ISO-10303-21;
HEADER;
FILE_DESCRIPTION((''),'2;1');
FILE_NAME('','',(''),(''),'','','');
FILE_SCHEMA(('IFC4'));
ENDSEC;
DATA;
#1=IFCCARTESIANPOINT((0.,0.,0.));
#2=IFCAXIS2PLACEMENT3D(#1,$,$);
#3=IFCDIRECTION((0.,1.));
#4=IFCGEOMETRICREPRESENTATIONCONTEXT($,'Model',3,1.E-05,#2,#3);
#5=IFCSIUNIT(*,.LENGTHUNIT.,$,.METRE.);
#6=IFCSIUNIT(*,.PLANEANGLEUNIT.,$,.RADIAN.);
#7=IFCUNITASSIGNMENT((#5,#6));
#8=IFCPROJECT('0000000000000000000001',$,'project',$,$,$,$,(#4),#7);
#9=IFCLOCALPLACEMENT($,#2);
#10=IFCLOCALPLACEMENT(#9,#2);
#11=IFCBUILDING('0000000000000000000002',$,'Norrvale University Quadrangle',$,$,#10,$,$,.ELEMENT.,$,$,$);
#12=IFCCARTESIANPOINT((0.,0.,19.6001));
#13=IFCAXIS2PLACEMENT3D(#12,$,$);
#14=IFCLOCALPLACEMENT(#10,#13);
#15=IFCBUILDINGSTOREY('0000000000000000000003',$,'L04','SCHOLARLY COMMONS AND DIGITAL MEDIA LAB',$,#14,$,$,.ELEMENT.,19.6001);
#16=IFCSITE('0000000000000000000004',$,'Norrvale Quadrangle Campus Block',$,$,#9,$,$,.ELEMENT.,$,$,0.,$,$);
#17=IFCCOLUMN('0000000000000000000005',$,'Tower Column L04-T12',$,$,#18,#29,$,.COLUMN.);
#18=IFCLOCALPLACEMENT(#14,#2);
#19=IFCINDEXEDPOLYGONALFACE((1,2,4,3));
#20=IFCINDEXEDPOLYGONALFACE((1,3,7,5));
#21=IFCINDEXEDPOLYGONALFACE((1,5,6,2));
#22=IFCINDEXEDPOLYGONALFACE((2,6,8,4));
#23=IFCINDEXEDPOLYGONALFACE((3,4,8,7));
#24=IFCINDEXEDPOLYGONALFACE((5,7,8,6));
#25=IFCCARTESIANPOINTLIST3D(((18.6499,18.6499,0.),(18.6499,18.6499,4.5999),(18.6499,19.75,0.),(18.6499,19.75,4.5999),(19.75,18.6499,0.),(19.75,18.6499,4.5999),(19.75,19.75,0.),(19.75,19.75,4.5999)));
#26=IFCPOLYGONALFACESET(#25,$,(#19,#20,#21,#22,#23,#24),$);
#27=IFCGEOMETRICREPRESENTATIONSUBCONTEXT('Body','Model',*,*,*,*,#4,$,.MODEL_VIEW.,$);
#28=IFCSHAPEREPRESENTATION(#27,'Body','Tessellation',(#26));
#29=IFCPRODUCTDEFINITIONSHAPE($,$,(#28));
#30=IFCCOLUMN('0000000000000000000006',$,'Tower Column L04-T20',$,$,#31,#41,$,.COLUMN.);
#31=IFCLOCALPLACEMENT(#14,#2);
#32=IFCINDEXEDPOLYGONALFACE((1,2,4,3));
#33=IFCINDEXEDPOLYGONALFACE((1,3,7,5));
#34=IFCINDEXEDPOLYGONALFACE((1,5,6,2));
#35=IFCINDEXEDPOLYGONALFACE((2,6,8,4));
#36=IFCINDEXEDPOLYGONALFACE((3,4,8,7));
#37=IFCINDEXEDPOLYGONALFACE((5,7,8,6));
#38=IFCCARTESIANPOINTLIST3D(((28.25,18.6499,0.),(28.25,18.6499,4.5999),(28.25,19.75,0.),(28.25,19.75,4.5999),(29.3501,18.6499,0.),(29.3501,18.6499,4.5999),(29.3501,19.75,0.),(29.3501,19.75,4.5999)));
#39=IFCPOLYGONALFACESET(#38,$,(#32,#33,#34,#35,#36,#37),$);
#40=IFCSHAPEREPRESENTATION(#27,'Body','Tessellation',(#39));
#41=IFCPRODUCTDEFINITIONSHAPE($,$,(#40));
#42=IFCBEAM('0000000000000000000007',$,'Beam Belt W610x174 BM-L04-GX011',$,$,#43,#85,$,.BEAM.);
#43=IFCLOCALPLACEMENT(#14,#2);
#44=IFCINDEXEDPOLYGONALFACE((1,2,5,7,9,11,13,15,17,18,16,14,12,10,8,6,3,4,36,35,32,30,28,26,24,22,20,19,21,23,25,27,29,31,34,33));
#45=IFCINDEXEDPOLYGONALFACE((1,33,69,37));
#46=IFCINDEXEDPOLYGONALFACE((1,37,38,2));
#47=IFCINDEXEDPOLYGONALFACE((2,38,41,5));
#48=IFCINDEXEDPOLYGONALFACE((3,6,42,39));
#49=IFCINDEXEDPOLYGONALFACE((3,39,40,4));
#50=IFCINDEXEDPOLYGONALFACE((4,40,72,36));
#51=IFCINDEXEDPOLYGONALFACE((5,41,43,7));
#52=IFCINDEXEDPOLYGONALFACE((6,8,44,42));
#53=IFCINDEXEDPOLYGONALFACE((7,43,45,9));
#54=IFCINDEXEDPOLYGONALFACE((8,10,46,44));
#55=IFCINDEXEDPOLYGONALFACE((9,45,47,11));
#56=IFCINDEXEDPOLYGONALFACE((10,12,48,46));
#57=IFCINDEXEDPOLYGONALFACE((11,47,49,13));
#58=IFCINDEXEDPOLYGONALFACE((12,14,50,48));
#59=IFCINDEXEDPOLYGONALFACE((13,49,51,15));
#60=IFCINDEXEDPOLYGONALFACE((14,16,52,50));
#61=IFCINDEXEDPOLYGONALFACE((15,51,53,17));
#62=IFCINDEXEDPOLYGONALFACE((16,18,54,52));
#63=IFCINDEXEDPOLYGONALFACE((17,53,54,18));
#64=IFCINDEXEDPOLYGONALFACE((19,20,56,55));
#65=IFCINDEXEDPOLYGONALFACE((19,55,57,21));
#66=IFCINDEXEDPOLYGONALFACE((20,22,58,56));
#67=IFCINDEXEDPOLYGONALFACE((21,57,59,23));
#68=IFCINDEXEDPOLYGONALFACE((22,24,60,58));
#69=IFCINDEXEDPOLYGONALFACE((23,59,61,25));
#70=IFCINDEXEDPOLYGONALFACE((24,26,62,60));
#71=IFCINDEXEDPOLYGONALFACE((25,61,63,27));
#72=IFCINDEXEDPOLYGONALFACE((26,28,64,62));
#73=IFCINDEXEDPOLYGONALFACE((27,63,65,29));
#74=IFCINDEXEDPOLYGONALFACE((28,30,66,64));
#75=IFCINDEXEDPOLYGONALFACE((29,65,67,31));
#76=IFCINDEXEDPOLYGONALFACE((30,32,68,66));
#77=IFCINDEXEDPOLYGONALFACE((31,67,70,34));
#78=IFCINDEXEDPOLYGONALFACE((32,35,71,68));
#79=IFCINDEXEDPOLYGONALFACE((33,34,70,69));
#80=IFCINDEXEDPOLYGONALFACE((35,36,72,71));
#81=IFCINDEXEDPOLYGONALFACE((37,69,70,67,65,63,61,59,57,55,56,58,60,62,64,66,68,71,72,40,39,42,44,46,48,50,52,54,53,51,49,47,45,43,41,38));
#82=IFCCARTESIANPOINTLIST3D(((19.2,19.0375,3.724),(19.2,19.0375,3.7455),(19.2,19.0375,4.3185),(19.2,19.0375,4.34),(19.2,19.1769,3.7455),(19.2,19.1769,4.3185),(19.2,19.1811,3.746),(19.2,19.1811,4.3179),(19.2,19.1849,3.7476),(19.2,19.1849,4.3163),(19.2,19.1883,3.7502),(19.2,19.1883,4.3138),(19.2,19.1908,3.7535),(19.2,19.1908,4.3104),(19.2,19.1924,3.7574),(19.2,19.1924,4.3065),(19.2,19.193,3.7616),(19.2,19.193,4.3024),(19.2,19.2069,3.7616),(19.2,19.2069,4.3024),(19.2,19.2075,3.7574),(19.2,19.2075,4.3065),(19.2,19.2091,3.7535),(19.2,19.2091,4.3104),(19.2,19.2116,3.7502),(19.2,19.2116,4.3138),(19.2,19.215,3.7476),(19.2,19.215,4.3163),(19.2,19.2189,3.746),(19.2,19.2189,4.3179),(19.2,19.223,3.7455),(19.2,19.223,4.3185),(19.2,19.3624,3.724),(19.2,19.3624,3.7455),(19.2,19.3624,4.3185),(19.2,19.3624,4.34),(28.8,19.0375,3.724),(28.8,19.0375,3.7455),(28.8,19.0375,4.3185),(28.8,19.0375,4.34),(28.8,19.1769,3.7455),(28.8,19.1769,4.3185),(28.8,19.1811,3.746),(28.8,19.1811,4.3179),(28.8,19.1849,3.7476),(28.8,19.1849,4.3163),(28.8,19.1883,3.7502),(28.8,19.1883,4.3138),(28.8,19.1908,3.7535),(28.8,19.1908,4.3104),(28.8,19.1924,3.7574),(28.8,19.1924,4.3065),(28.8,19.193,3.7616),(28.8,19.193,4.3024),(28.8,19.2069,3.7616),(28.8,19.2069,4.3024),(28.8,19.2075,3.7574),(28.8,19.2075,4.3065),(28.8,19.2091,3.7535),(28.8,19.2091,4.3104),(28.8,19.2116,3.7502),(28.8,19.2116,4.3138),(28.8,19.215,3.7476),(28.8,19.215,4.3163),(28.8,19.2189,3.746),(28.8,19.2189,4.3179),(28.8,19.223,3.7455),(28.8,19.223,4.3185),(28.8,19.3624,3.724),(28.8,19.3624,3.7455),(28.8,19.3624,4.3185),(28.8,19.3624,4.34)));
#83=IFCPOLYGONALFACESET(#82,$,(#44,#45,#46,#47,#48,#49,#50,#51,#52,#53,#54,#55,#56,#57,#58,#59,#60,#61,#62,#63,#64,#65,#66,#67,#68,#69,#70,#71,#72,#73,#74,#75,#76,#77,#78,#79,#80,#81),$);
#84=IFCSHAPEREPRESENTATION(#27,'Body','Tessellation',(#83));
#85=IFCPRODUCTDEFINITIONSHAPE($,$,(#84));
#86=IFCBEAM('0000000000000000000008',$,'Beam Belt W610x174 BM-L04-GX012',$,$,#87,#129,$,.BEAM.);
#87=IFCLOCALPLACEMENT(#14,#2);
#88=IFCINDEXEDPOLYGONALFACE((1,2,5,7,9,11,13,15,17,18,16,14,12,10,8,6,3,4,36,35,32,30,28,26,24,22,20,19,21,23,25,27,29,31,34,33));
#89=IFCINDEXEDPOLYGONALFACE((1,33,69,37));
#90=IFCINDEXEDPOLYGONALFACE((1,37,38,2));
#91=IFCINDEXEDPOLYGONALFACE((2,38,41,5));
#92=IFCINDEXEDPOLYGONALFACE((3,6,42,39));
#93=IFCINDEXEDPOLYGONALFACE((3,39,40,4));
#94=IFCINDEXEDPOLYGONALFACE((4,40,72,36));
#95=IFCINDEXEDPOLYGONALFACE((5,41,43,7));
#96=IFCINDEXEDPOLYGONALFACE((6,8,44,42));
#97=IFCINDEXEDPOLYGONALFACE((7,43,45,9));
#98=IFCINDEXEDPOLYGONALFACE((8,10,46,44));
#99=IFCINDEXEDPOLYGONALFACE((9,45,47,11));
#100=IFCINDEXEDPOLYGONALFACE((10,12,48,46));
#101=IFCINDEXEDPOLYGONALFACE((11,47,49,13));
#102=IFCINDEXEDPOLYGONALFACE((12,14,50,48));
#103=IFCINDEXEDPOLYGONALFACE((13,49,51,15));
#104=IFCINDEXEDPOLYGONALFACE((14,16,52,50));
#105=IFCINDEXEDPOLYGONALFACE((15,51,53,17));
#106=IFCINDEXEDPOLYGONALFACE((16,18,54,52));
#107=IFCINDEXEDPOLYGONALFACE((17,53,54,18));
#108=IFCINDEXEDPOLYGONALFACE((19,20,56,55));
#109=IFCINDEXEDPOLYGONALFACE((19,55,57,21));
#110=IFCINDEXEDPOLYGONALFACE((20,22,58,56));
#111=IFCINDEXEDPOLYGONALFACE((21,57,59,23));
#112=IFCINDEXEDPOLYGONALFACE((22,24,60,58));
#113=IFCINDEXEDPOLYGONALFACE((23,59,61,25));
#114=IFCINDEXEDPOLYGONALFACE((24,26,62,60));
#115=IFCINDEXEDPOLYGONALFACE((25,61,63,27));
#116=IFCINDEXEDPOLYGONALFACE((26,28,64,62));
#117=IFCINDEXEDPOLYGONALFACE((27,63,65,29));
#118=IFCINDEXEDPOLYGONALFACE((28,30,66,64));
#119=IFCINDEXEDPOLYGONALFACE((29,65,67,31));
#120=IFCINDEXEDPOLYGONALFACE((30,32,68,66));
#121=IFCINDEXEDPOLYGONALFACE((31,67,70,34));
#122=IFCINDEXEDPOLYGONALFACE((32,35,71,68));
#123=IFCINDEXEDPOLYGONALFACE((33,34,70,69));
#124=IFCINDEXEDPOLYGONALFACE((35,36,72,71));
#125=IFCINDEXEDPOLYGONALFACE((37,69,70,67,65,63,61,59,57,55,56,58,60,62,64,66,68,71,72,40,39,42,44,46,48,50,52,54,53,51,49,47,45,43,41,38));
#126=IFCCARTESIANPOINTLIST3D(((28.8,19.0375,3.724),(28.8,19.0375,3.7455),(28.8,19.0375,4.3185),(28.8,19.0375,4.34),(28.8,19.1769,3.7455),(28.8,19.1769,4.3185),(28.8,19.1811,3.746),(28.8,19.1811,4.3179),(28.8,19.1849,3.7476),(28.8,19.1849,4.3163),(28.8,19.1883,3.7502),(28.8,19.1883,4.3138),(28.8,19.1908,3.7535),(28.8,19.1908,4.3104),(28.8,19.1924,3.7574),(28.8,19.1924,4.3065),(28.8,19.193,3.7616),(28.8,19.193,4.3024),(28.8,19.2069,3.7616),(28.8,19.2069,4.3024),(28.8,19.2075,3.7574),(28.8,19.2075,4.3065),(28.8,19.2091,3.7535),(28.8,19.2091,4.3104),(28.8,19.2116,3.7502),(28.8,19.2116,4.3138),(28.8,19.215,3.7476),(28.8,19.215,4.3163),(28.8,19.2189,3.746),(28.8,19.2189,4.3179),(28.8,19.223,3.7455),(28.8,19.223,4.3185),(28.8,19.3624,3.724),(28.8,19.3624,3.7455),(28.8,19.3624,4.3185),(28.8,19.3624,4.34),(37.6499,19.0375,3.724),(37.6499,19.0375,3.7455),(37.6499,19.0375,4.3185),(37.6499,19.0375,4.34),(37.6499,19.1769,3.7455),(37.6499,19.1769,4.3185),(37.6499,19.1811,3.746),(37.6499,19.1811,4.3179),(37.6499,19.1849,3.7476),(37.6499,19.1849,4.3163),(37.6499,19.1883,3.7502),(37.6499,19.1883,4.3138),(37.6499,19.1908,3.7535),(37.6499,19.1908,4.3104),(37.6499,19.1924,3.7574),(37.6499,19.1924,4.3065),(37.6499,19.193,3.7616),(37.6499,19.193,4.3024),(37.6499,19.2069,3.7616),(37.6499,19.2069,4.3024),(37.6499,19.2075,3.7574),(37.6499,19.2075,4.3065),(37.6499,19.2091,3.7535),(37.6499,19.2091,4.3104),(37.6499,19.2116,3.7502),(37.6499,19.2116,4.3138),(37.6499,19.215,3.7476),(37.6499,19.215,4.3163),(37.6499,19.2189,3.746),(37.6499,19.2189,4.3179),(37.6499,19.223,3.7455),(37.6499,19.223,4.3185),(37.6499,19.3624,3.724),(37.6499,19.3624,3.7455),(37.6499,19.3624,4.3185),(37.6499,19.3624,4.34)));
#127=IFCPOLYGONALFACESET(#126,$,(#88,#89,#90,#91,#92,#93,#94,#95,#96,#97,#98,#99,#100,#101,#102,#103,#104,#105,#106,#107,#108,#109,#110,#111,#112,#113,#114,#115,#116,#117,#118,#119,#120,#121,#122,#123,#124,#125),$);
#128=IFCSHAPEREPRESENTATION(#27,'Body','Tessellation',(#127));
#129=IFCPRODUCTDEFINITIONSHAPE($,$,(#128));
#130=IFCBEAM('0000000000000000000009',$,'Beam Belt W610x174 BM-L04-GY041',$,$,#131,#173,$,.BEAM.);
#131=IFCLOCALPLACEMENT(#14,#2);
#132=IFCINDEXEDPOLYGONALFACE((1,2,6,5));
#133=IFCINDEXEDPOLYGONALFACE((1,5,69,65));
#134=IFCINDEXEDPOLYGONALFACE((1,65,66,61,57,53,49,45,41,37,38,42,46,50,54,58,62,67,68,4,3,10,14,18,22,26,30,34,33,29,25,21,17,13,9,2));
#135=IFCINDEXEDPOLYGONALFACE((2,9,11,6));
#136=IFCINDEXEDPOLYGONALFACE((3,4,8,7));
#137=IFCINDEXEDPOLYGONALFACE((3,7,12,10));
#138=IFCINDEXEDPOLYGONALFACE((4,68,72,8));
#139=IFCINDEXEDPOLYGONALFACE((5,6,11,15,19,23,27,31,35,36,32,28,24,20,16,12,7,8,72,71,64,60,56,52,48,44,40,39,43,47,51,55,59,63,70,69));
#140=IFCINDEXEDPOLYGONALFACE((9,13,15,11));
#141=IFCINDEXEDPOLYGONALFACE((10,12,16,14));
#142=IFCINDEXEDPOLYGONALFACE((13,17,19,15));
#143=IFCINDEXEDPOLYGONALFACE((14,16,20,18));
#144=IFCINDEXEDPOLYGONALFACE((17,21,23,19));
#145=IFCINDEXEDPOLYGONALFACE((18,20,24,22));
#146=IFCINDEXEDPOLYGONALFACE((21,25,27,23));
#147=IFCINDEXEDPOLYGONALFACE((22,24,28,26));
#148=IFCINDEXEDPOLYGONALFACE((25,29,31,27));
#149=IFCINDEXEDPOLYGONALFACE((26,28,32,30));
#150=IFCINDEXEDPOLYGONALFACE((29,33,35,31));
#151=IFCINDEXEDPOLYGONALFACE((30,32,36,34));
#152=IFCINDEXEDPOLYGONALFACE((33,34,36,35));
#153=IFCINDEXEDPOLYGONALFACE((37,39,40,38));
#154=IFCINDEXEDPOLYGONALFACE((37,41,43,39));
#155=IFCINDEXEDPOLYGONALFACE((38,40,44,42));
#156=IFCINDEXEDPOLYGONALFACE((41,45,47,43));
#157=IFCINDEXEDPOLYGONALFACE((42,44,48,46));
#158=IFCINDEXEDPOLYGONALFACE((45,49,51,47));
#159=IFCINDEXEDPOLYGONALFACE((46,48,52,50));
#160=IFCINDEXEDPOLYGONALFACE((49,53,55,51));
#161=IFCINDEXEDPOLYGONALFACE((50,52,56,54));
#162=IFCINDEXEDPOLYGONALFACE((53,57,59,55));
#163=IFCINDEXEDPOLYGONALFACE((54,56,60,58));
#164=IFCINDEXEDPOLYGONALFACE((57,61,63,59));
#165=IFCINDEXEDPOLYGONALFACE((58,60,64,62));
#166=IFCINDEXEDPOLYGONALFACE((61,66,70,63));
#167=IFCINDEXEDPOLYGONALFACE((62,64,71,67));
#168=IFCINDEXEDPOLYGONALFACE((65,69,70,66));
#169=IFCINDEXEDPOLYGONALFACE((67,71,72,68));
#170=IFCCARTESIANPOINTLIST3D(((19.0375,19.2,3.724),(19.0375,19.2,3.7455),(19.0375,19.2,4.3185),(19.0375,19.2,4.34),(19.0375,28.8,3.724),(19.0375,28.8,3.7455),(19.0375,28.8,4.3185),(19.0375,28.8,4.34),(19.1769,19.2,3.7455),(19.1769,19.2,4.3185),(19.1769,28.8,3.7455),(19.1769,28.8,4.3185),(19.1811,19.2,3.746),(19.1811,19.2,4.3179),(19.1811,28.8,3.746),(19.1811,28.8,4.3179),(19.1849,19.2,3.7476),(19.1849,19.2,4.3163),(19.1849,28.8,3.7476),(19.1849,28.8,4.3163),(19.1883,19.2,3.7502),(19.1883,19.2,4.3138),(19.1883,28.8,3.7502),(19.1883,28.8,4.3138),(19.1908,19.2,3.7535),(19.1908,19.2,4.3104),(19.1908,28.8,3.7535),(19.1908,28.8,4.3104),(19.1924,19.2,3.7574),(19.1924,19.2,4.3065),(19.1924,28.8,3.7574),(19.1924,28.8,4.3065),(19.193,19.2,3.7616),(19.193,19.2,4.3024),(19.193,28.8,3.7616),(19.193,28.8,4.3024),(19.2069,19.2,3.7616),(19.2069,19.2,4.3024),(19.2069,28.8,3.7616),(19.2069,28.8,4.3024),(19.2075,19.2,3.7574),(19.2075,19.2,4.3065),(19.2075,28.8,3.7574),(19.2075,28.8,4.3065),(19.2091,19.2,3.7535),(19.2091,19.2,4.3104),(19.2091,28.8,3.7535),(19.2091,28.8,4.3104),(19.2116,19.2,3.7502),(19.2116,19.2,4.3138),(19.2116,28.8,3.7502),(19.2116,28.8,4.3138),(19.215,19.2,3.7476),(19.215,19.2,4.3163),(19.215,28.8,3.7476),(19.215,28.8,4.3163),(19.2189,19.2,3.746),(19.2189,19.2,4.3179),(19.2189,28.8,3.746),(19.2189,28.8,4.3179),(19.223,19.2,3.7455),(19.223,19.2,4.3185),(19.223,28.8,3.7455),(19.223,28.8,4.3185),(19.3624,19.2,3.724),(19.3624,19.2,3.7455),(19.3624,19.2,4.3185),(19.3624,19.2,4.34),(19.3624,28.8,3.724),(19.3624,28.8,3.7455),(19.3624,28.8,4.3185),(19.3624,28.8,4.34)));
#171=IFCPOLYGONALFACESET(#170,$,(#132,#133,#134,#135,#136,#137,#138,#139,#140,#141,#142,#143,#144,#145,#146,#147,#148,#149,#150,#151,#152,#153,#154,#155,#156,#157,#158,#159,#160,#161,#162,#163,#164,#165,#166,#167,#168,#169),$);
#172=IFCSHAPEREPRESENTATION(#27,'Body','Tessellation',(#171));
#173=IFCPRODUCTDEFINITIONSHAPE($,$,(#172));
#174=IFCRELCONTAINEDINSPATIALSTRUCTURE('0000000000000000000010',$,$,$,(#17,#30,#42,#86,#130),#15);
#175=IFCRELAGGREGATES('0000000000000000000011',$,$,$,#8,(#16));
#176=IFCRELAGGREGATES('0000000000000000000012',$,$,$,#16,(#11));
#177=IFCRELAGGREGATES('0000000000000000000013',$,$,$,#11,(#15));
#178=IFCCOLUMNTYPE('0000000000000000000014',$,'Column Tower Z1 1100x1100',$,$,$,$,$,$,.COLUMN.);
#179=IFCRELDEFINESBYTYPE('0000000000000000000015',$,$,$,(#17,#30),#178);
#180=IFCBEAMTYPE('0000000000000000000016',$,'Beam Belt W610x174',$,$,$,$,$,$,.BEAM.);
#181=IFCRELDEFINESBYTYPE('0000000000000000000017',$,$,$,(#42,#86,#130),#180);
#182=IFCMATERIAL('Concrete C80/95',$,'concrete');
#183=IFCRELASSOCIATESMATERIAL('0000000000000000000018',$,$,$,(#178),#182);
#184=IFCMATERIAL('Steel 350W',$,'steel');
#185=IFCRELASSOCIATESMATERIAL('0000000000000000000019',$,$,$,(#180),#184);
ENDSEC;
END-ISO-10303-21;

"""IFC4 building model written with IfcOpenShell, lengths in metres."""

from ifc_helpers import new_model, si_unit, direction, frame, origin, origin_2d, place, context, subcontext, project, spatial, rectangle, i_section, extrude, material, material_profile, profile_set, type_object, element, save


model = new_model("IFC4")

# Units and contexts
model_context = context("Model", 3, precision=1e-05, world=origin(), true_north=direction((0.0, 1.0)))
body_context = subcontext(model_context, "Body", "Model", "MODEL_VIEW")
ifc_project = project(units=[si_unit("LENGTHUNIT", "METRE"), si_unit("PLANEANGLEUNIT", "RADIAN")], contexts=[model_context])

# Site, building, storey
site_placement = place(None, origin())
site = spatial("IfcSite", under=ifc_project, at=site_placement, Name="Norrvale Quadrangle Campus Block", CompositionType="ELEMENT", RefElevation=0.0)
building_placement = place(site_placement, origin())
building = spatial("IfcBuilding", under=site, at=building_placement, Name="Norrvale University Quadrangle", CompositionType="ELEMENT")
storey_placement = place(building_placement, frame((0.0, 0.0, 19.6001)))
storey = spatial("IfcBuildingStorey", under=building, at=storey_placement, Name="L04", Description="SCHOLARLY COMMONS AND DIGITAL MEDIA LAB", CompositionType="ELEMENT", Elevation=19.6001)

# Columns
ifc_material_1 = material(Name="Concrete C80/95", Category="concrete")
ifc_material_profile_1 = material_profile(ifc_material_1, rectangle(XDim=1.1001, YDim=1.1001, at=origin_2d()), Name="Concrete C80/95")
ifc_profile_set_1 = profile_set([ifc_material_profile_1], Name="Concrete C80/95")
column_type = type_object("IfcColumnType", Name="Column Tower Z1 1100x1100", PredefinedType="COLUMN", material=ifc_profile_set_1)
for number, where, z_axis, x_axis, name in (
    (1, (19.2, 19.2, 0.0), (0.0, 0.0, 1.0), (1.0, 0.0, 0.0), "Tower Column L04-T12"),
    (2, (28.8, 19.2, 0.0), (0.0, 0.0, 1.0), (1.0, 0.0, 0.0), "Tower Column L04-T20"),
):
    element("IfcColumn", number, at=place(storey_placement, frame(where, z_axis=z_axis, x_axis=x_axis)), inside=storey, type_object=column_type, Name=name, PredefinedType="COLUMN", context=body_context, shape_type="SweptSolid", body=[
        extrude(rectangle(XDim=1.1001, YDim=1.1001, at=origin_2d()), origin(), (0.0, 0.0, 1.0), 4.5999),
    ])

# Beams
ifc_material_2 = material(Name="Steel 350W", Category="steel")
ifc_material_profile_2 = material_profile(ifc_material_2, i_section(OverallWidth=0.325, OverallDepth=0.616, WebThickness=0.0139, FlangeThickness=0.0215, FilletRadius=0.0161, at=origin_2d()), Name="Steel 350W")
ifc_profile_set_2 = profile_set([ifc_material_profile_2], Name="Steel 350W")
beam_type_1 = type_object("IfcBeamType", Name="Beam Belt W610x174", PredefinedType="BEAM", material=ifc_profile_set_2)
beam_1_placement = place(storey_placement, frame((19.2, 19.2, 4.032), z_axis=(1.0, 0.0, 0.0), x_axis=(0.0, 1.0, 0.0)))
element("IfcBeam", 3, at=beam_1_placement, inside=storey, type_object=beam_type_1, Name="Beam Belt W610x174 BM-L04-GX011", PredefinedType="BEAM", context=body_context, shape_type="SweptSolid", body=[
    extrude(i_section(OverallWidth=0.325, OverallDepth=0.616, WebThickness=0.0139, FlangeThickness=0.0215, FilletRadius=0.0161, at=origin_2d()), origin(), (0.0, 0.0, 1.0), 9.6001),
])
beam_2_placement = place(storey_placement, frame((28.8, 19.2, 4.032), z_axis=(1.0, 0.0, 0.0), x_axis=(0.0, 1.0, 0.0)))
element("IfcBeam", 4, at=beam_2_placement, inside=storey, type_object=beam_type_1, Name="Beam Belt W610x174 BM-L04-GX012", PredefinedType="BEAM", context=body_context, shape_type="SweptSolid", body=[
    extrude(i_section(OverallWidth=0.325, OverallDepth=0.616, WebThickness=0.0139, FlangeThickness=0.0215, FilletRadius=0.0161, at=origin_2d()), origin(), (0.0, 0.0, 1.0), 8.8499),
])
for number, where, z_axis, x_axis, name in (
    (5, (19.2, 19.2, 4.032), (0.0, 1.0, 0.0), (-1.0, 0.0, 0.0), "Beam Belt W610x174 BM-L04-GY041"),
):
    element("IfcBeam", number, at=place(storey_placement, frame(where, z_axis=z_axis, x_axis=x_axis)), inside=storey, type_object=beam_type_1, Name=name, PredefinedType="BEAM", context=body_context, shape_type="SweptSolid", body=[
        extrude(i_section(OverallWidth=0.325, OverallDepth=0.616, WebThickness=0.0139, FlangeThickness=0.0215, FilletRadius=0.0161, at=origin_2d()), origin(), (0.0, 0.0, 1.0), 9.6001),
    ])

save(model, "model.ifc")
